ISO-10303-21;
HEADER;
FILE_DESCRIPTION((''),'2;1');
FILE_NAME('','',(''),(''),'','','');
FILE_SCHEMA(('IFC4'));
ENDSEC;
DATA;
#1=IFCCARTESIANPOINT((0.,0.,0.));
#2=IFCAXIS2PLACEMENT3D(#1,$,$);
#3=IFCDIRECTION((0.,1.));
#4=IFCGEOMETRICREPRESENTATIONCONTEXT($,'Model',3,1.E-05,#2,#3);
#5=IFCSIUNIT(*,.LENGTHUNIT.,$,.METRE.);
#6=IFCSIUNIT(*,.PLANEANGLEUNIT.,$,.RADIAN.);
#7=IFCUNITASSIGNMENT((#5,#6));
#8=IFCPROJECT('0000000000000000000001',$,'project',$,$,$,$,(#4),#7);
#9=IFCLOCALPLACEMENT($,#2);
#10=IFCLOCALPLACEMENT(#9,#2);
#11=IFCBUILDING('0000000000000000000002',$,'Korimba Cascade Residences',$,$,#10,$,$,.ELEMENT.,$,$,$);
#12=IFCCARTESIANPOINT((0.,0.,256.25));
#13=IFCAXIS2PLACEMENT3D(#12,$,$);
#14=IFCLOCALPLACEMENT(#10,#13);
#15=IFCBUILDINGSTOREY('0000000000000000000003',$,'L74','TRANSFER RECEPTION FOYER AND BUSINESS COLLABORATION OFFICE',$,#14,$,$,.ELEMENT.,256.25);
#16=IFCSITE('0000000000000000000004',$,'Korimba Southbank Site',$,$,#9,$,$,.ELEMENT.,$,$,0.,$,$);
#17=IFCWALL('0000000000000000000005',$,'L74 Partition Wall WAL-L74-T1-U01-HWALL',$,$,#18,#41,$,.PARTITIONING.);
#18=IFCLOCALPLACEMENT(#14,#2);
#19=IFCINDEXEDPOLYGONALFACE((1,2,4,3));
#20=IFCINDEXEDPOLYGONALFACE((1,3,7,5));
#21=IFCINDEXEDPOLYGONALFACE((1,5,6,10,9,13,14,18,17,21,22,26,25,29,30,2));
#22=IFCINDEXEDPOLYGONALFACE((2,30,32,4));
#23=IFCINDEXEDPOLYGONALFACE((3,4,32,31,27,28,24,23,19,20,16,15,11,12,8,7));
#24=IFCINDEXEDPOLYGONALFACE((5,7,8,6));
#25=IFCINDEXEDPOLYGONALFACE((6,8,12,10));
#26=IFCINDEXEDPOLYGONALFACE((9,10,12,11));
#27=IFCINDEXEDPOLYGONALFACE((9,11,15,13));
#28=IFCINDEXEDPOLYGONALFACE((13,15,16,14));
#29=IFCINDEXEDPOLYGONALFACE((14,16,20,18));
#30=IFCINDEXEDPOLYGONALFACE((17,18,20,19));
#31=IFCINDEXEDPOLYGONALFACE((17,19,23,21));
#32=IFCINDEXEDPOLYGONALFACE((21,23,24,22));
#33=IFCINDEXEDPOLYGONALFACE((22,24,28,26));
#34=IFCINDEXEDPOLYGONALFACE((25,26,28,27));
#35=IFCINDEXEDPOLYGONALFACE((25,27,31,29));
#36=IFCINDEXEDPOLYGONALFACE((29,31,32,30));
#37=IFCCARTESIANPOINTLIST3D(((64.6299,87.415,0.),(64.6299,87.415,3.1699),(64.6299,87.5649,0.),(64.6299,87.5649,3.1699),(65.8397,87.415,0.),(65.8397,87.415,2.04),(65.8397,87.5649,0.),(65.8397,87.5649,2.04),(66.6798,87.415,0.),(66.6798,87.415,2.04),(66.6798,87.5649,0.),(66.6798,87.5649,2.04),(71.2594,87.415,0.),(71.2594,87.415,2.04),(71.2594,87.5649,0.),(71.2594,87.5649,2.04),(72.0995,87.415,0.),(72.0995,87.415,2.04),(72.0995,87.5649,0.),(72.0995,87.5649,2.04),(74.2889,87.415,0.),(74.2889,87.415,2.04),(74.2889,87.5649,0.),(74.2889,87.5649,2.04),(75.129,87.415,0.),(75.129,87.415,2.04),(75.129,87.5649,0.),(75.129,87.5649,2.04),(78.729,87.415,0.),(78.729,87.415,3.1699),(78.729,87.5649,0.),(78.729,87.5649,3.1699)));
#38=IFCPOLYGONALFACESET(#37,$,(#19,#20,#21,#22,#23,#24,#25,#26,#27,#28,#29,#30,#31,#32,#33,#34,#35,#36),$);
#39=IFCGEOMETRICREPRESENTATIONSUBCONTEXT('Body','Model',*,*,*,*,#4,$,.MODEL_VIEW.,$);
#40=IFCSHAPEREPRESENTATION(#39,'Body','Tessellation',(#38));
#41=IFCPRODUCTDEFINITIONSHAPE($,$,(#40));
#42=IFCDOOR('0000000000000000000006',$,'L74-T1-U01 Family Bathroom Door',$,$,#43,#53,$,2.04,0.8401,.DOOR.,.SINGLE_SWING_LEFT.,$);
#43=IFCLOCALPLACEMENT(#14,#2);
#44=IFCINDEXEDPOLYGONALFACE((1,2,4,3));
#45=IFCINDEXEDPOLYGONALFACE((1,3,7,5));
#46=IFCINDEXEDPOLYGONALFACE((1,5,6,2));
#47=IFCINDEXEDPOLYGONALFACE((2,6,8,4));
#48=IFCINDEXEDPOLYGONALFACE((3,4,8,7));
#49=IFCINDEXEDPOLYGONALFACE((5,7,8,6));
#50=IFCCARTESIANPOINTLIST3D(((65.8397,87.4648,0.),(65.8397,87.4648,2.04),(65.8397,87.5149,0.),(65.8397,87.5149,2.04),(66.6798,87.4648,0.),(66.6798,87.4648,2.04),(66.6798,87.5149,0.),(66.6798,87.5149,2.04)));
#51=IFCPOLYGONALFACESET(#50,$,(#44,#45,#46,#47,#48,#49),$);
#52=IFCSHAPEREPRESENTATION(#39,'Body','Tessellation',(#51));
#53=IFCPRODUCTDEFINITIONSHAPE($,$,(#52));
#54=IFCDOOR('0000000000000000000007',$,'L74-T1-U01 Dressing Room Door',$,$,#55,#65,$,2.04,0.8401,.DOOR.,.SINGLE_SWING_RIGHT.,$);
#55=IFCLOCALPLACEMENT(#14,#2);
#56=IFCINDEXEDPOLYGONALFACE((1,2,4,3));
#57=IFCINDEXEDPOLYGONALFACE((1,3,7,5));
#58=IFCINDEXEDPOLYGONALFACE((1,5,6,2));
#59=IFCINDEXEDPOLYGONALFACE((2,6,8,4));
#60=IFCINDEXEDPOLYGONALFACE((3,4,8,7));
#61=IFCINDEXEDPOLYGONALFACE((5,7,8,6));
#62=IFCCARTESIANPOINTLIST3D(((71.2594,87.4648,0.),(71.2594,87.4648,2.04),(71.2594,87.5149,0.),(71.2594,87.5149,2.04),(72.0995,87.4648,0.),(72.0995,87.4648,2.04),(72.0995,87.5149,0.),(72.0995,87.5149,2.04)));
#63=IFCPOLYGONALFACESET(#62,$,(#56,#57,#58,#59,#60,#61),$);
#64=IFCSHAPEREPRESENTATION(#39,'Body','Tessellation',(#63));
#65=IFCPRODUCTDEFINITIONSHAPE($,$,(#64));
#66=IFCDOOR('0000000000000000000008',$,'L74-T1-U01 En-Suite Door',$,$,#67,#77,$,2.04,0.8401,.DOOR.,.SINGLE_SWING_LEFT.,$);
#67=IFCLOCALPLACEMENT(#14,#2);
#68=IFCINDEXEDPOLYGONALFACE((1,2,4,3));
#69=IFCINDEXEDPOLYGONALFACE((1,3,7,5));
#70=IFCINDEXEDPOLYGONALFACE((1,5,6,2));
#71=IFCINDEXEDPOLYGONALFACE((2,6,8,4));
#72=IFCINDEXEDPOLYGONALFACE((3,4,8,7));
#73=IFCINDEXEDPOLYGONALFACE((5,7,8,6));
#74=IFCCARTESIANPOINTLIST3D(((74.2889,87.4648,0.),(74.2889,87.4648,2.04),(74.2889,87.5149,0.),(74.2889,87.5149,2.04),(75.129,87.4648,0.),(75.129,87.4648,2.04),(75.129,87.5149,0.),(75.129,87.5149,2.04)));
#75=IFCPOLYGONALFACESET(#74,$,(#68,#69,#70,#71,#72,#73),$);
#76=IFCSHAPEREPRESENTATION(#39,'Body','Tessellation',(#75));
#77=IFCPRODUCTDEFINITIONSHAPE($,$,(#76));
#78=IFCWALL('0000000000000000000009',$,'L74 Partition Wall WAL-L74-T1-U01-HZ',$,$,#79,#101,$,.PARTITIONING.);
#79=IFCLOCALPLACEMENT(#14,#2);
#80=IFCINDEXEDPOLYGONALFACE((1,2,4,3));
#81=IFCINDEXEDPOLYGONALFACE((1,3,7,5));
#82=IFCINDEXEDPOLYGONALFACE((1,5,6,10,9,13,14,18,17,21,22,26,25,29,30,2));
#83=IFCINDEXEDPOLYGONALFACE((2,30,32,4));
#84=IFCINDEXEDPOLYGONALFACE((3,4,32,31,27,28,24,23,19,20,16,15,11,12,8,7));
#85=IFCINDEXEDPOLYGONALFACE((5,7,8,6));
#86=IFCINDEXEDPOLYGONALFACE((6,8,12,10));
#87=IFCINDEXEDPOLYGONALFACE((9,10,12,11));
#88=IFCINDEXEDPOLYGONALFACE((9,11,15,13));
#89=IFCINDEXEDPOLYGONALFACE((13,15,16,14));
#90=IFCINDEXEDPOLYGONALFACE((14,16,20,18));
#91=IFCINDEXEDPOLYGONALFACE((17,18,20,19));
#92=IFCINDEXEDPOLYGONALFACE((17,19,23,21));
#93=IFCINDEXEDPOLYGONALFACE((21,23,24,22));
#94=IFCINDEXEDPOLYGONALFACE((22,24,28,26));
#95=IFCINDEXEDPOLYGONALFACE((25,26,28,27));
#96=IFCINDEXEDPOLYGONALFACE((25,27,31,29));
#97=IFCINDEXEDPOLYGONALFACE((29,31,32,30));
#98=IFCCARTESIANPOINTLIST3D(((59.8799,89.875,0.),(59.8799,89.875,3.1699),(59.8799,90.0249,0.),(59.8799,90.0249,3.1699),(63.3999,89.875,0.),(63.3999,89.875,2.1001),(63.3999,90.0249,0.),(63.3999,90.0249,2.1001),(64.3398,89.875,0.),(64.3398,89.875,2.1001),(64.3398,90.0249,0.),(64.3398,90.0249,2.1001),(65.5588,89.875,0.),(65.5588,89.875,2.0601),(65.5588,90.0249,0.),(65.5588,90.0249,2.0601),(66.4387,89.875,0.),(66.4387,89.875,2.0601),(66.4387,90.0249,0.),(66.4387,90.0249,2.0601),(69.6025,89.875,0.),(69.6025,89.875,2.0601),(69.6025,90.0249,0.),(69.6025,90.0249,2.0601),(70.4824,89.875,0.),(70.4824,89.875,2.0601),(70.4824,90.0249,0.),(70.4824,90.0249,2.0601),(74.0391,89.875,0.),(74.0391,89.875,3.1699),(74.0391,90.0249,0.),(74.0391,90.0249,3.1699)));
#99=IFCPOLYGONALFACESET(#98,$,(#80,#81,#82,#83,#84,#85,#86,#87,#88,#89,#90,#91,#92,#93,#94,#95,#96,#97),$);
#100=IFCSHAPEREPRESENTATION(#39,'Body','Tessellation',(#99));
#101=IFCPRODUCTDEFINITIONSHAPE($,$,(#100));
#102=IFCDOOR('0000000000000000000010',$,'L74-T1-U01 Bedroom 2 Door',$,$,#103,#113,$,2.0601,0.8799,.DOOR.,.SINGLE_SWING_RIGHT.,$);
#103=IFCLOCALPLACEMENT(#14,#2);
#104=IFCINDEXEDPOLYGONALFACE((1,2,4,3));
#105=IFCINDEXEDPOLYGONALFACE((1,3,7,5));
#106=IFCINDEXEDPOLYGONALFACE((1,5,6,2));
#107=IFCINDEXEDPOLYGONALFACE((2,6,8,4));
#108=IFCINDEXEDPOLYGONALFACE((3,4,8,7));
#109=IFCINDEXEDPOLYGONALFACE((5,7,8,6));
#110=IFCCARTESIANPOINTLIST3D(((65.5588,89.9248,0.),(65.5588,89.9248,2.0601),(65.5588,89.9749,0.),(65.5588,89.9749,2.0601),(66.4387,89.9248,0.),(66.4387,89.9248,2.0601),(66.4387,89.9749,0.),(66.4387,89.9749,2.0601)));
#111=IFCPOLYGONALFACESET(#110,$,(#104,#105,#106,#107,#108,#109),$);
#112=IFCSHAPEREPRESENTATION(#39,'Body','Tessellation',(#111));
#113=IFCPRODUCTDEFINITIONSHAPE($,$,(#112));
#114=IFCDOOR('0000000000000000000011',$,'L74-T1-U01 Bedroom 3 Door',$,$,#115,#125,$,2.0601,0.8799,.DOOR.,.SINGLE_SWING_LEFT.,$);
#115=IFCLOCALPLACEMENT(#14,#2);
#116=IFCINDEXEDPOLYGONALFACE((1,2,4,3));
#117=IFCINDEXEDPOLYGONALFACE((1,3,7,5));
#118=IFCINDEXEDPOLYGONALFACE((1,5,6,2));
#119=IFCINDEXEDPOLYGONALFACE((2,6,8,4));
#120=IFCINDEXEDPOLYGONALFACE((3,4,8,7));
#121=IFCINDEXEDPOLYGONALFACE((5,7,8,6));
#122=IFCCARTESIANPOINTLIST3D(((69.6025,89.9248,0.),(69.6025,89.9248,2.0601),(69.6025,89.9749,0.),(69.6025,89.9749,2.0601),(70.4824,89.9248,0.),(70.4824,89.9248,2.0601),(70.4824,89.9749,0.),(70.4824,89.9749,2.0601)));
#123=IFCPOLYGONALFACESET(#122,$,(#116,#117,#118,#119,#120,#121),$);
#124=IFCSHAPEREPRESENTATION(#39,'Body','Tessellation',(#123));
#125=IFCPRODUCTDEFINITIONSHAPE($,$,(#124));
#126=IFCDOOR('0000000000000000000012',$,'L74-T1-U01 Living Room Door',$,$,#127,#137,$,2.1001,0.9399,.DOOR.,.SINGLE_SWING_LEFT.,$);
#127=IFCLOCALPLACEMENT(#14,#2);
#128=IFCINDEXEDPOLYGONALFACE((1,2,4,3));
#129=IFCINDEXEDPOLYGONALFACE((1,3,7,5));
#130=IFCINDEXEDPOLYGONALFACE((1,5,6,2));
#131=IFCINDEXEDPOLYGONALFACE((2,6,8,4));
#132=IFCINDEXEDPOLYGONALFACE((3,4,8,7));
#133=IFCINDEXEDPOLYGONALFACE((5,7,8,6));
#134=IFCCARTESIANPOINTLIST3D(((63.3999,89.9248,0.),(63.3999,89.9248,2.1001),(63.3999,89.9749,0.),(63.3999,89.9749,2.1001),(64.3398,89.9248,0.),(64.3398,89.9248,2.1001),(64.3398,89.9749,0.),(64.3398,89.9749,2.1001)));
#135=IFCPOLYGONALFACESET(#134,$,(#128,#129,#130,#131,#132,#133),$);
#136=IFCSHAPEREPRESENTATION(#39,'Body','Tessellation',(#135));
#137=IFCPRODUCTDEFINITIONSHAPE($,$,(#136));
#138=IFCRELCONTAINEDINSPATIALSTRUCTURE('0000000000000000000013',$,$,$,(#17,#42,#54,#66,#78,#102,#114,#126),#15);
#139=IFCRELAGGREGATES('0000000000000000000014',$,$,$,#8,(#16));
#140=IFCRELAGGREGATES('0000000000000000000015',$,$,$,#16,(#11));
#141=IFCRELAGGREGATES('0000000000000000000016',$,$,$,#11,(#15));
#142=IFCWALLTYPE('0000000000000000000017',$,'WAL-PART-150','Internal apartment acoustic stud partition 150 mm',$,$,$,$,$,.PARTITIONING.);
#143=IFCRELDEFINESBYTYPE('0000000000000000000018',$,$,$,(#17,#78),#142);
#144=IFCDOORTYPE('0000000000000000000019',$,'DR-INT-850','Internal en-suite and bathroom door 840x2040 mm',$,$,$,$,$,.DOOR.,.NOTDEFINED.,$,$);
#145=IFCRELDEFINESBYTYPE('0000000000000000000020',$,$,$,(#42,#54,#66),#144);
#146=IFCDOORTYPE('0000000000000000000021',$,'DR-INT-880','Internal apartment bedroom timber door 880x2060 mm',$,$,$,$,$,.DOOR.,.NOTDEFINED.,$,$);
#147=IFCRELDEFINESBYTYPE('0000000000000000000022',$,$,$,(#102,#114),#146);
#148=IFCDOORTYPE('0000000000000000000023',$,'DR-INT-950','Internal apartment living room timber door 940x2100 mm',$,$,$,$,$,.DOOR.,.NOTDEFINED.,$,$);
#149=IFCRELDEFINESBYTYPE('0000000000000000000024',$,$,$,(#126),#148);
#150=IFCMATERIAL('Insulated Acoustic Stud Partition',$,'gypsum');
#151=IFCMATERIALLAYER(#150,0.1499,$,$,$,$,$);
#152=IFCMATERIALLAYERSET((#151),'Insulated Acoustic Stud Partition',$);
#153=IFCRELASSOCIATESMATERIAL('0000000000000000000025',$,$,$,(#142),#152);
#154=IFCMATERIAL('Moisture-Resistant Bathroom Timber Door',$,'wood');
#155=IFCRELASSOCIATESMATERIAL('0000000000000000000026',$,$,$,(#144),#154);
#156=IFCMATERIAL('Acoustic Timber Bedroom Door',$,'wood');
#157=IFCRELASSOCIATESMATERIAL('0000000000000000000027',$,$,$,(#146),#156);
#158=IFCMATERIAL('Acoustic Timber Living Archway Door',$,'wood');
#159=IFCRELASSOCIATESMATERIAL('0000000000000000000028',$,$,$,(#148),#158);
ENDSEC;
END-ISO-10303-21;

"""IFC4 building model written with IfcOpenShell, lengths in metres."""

from ifc_helpers import new_model, si_unit, direction, frame, frame_2d, origin, place, context, subcontext, project, spatial, rectangle, extrude, material, layer, layer_set, type_object, element, fill, save


model = new_model("IFC4")

# Units and contexts
model_context = context("Model", 3, precision=1e-05, world=origin(), true_north=direction((0.0, 1.0)))
body_context = subcontext(model_context, "Body", "Model", "MODEL_VIEW")
ifc_project = project(units=[si_unit("LENGTHUNIT", "METRE"), si_unit("PLANEANGLEUNIT", "RADIAN")], contexts=[model_context])

# Site, building, storey
site_placement = place(None, origin())
site = spatial("IfcSite", under=ifc_project, at=site_placement, Name="Korimba Southbank Site", CompositionType="ELEMENT", RefElevation=0.0)
building_placement = place(site_placement, origin())
building = spatial("IfcBuilding", under=site, at=building_placement, Name="Korimba Cascade Residences", CompositionType="ELEMENT")
storey_placement = place(building_placement, frame((0.0, 0.0, 256.25)))
storey = spatial("IfcBuildingStorey", under=building, at=storey_placement, Name="L74", Description="TRANSFER RECEPTION FOYER AND BUSINESS COLLABORATION OFFICE", CompositionType="ELEMENT", Elevation=256.25)

# Shared definitions
ifc_material_1 = material(Name="Insulated Acoustic Stud Partition", Category="gypsum")
ifc_layer_1 = layer(ifc_material_1, 0.1499)
ifc_layer_set_1 = layer_set([ifc_layer_1], Name="Insulated Acoustic Stud Partition")
wall_type_1 = type_object("IfcWallType", Name="WAL-PART-150", Description="Internal apartment acoustic stud partition 150 mm", PredefinedType="PARTITIONING", material=ifc_layer_set_1)

# Walls, openings, doors
wall_1_placement = place(storey_placement, frame((64.6299, 87.49, 0.0), z_axis=(0.0, 0.0, 1.0), x_axis=(1.0, 0.0, 0.0)))
wall_1 = element("IfcWall", 1, at=wall_1_placement, inside=storey, type_object=wall_type_1, Name="L74 Partition Wall WAL-L74-T1-U01-HWALL", PredefinedType="PARTITIONING", context=body_context, shape_type="SweptSolid", body=[
    extrude(rectangle(XDim=14.0991, YDim=0.1499, at=frame_2d((7.0496, 0.0))), origin(), (0.0, 0.0, 1.0), 3.1699),
])
opening_1_placement = place(wall_1_placement, frame((1.21, 0.0, 0.0)))
opening_1 = element("IfcOpeningElement", 2, at=opening_1_placement, cuts=wall_1, PredefinedType="OPENING", context=body_context, shape_type="SweptSolid", body=[
    extrude(rectangle(XDim=0.8401, YDim=2.04, at=frame_2d((0.4199, 1.02))), frame((0.0, 0.085, 0.0), z_axis=(0.0, -1.0, 0.0), x_axis=(1.0, 0.0, 0.0)), (0.0, 0.0, 1.0), 0.1699),
])
opening_2_placement = place(wall_1_placement, frame((6.6296, 0.0, 0.0)))
opening_2 = element("IfcOpeningElement", 3, at=opening_2_placement, cuts=wall_1, PredefinedType="OPENING", context=body_context, shape_type="SweptSolid", body=[
    extrude(rectangle(XDim=0.8401, YDim=2.04, at=frame_2d((0.4199, 1.02))), frame((0.0, 0.085, 0.0), z_axis=(0.0, -1.0, 0.0), x_axis=(1.0, 0.0, 0.0)), (0.0, 0.0, 1.0), 0.1699),
])
opening_3_placement = place(wall_1_placement, frame((9.6592, 0.0, 0.0)))
opening_3 = element("IfcOpeningElement", 4, at=opening_3_placement, cuts=wall_1, PredefinedType="OPENING", context=body_context, shape_type="SweptSolid", body=[
    extrude(rectangle(XDim=0.8401, YDim=2.04, at=frame_2d((0.4199, 1.02))), frame((0.0, 0.085, 0.0), z_axis=(0.0, -1.0, 0.0), x_axis=(1.0, 0.0, 0.0)), (0.0, 0.0, 1.0), 0.1699),
])
ifc_material_2 = material(Name="Moisture-Resistant Bathroom Timber Door", Category="wood")
door_type_1 = type_object("IfcDoorType", Name="DR-INT-850", Description="Internal en-suite and bathroom door 840x2040 mm", OperationType="NOTDEFINED", PredefinedType="DOOR", material=ifc_material_2)
door_1_placement = place(opening_1_placement, origin())
door_1 = element("IfcDoor", 5, at=door_1_placement, inside=storey, type_object=door_type_1, Name="L74-T1-U01 Family Bathroom Door", OperationType="SINGLE_SWING_LEFT", OverallHeight=2.04, OverallWidth=0.8401, PredefinedType="DOOR", context=body_context, shape_type="SweptSolid", body=[
    extrude(rectangle(XDim=0.8401, YDim=2.04, at=frame_2d((0.4199, 1.02))), frame((0.0, 0.0249, 0.0), z_axis=(0.0, -1.0, 0.0), x_axis=(1.0, 0.0, 0.0)), (0.0, 0.0, 1.0), 0.05),
])
fill(opening_1, door_1)
door_2_placement = place(opening_2_placement, origin())
door_2 = element("IfcDoor", 6, at=door_2_placement, inside=storey, type_object=door_type_1, Name="L74-T1-U01 Dressing Room Door", OperationType="SINGLE_SWING_RIGHT", OverallHeight=2.04, OverallWidth=0.8401, PredefinedType="DOOR", context=body_context, shape_type="SweptSolid", body=[
    extrude(rectangle(XDim=0.8401, YDim=2.04, at=frame_2d((0.4199, 1.02))), frame((0.0, 0.0249, 0.0), z_axis=(0.0, -1.0, 0.0), x_axis=(1.0, 0.0, 0.0)), (0.0, 0.0, 1.0), 0.05),
])
fill(opening_2, door_2)
door_3_placement = place(opening_3_placement, origin())
door_3 = element("IfcDoor", 7, at=door_3_placement, inside=storey, type_object=door_type_1, Name="L74-T1-U01 En-Suite Door", OperationType="SINGLE_SWING_LEFT", OverallHeight=2.04, OverallWidth=0.8401, PredefinedType="DOOR", context=body_context, shape_type="SweptSolid", body=[
    extrude(rectangle(XDim=0.8401, YDim=2.04, at=frame_2d((0.4199, 1.02))), frame((0.0, 0.0249, 0.0), z_axis=(0.0, -1.0, 0.0), x_axis=(1.0, 0.0, 0.0)), (0.0, 0.0, 1.0), 0.05),
])
fill(opening_3, door_3)
wall_2_placement = place(storey_placement, frame((59.8799, 89.95, 0.0), z_axis=(0.0, 0.0, 1.0), x_axis=(1.0, 0.0, 0.0)))
wall_2 = element("IfcWall", 8, at=wall_2_placement, inside=storey, type_object=wall_type_1, Name="L74 Partition Wall WAL-L74-T1-U01-HZ", PredefinedType="PARTITIONING", context=body_context, shape_type="SweptSolid", body=[
    extrude(rectangle(XDim=14.1592, YDim=0.1499, at=frame_2d((7.0796, 0.0))), origin(), (0.0, 0.0, 1.0), 3.1699),
])
opening_4_placement = place(wall_2_placement, frame((3.52, 0.0, 0.0)))
opening_4 = element("IfcOpeningElement", 9, at=opening_4_placement, cuts=wall_2, PredefinedType="OPENING", context=body_context, shape_type="SweptSolid", body=[
    extrude(rectangle(XDim=0.9399, YDim=2.1001, at=frame_2d((0.47, 1.05))), frame((0.0, 0.085, 0.0), z_axis=(0.0, -1.0, 0.0), x_axis=(1.0, 0.0, 0.0)), (0.0, 0.0, 1.0), 0.1699),
])
opening_5_placement = place(wall_2_placement, frame((5.679, 0.0, 0.0)))
opening_5 = element("IfcOpeningElement", 10, at=opening_5_placement, cuts=wall_2, PredefinedType="OPENING", context=body_context, shape_type="SweptSolid", body=[
    extrude(rectangle(XDim=0.8799, YDim=2.0601, at=frame_2d((0.4399, 1.03))), frame((0.0, 0.085, 0.0), z_axis=(0.0, -1.0, 0.0), x_axis=(1.0, 0.0, 0.0)), (0.0, 0.0, 1.0), 0.1699),
])
opening_6_placement = place(wall_2_placement, frame((9.7227, 0.0, 0.0)))
opening_6 = element("IfcOpeningElement", 11, at=opening_6_placement, cuts=wall_2, PredefinedType="OPENING", context=body_context, shape_type="SweptSolid", body=[
    extrude(rectangle(XDim=0.8799, YDim=2.0601, at=frame_2d((0.4399, 1.03))), frame((0.0, 0.085, 0.0), z_axis=(0.0, -1.0, 0.0), x_axis=(1.0, 0.0, 0.0)), (0.0, 0.0, 1.0), 0.1699),
])
ifc_material_3 = material(Name="Acoustic Timber Bedroom Door", Category="wood")
door_type_2 = type_object("IfcDoorType", Name="DR-INT-880", Description="Internal apartment bedroom timber door 880x2060 mm", OperationType="NOTDEFINED", PredefinedType="DOOR", material=ifc_material_3)
door_4_placement = place(opening_5_placement, origin())
door_4 = element("IfcDoor", 12, at=door_4_placement, inside=storey, type_object=door_type_2, Name="L74-T1-U01 Bedroom 2 Door", OperationType="SINGLE_SWING_RIGHT", OverallHeight=2.0601, OverallWidth=0.8799, PredefinedType="DOOR", context=body_context, shape_type="SweptSolid", body=[
    extrude(rectangle(XDim=0.8799, YDim=2.0601, at=frame_2d((0.4399, 1.03))), frame((0.0, 0.0249, 0.0), z_axis=(0.0, -1.0, 0.0), x_axis=(1.0, 0.0, 0.0)), (0.0, 0.0, 1.0), 0.05),
])
fill(opening_5, door_4)
door_5_placement = place(opening_6_placement, origin())
door_5 = element("IfcDoor", 13, at=door_5_placement, inside=storey, type_object=door_type_2, Name="L74-T1-U01 Bedroom 3 Door", OperationType="SINGLE_SWING_LEFT", OverallHeight=2.0601, OverallWidth=0.8799, PredefinedType="DOOR", context=body_context, shape_type="SweptSolid", body=[
    extrude(rectangle(XDim=0.8799, YDim=2.0601, at=frame_2d((0.4399, 1.03))), frame((0.0, 0.0249, 0.0), z_axis=(0.0, -1.0, 0.0), x_axis=(1.0, 0.0, 0.0)), (0.0, 0.0, 1.0), 0.05),
])
fill(opening_6, door_5)
ifc_material_4 = material(Name="Acoustic Timber Living Archway Door", Category="wood")
door_type_3 = type_object("IfcDoorType", Name="DR-INT-950", Description="Internal apartment living room timber door 940x2100 mm", OperationType="NOTDEFINED", PredefinedType="DOOR", material=ifc_material_4)
door_6_placement = place(opening_4_placement, origin())
door_6 = element("IfcDoor", 14, at=door_6_placement, inside=storey, type_object=door_type_3, Name="L74-T1-U01 Living Room Door", OperationType="SINGLE_SWING_LEFT", OverallHeight=2.1001, OverallWidth=0.9399, PredefinedType="DOOR", context=body_context, shape_type="SweptSolid", body=[
    extrude(rectangle(XDim=0.9399, YDim=2.1001, at=frame_2d((0.47, 1.05))), frame((0.0, 0.0249, 0.0), z_axis=(0.0, -1.0, 0.0), x_axis=(1.0, 0.0, 0.0)), (0.0, 0.0, 1.0), 0.05),
])
fill(opening_4, door_6)

save(model, "model.ifc")
